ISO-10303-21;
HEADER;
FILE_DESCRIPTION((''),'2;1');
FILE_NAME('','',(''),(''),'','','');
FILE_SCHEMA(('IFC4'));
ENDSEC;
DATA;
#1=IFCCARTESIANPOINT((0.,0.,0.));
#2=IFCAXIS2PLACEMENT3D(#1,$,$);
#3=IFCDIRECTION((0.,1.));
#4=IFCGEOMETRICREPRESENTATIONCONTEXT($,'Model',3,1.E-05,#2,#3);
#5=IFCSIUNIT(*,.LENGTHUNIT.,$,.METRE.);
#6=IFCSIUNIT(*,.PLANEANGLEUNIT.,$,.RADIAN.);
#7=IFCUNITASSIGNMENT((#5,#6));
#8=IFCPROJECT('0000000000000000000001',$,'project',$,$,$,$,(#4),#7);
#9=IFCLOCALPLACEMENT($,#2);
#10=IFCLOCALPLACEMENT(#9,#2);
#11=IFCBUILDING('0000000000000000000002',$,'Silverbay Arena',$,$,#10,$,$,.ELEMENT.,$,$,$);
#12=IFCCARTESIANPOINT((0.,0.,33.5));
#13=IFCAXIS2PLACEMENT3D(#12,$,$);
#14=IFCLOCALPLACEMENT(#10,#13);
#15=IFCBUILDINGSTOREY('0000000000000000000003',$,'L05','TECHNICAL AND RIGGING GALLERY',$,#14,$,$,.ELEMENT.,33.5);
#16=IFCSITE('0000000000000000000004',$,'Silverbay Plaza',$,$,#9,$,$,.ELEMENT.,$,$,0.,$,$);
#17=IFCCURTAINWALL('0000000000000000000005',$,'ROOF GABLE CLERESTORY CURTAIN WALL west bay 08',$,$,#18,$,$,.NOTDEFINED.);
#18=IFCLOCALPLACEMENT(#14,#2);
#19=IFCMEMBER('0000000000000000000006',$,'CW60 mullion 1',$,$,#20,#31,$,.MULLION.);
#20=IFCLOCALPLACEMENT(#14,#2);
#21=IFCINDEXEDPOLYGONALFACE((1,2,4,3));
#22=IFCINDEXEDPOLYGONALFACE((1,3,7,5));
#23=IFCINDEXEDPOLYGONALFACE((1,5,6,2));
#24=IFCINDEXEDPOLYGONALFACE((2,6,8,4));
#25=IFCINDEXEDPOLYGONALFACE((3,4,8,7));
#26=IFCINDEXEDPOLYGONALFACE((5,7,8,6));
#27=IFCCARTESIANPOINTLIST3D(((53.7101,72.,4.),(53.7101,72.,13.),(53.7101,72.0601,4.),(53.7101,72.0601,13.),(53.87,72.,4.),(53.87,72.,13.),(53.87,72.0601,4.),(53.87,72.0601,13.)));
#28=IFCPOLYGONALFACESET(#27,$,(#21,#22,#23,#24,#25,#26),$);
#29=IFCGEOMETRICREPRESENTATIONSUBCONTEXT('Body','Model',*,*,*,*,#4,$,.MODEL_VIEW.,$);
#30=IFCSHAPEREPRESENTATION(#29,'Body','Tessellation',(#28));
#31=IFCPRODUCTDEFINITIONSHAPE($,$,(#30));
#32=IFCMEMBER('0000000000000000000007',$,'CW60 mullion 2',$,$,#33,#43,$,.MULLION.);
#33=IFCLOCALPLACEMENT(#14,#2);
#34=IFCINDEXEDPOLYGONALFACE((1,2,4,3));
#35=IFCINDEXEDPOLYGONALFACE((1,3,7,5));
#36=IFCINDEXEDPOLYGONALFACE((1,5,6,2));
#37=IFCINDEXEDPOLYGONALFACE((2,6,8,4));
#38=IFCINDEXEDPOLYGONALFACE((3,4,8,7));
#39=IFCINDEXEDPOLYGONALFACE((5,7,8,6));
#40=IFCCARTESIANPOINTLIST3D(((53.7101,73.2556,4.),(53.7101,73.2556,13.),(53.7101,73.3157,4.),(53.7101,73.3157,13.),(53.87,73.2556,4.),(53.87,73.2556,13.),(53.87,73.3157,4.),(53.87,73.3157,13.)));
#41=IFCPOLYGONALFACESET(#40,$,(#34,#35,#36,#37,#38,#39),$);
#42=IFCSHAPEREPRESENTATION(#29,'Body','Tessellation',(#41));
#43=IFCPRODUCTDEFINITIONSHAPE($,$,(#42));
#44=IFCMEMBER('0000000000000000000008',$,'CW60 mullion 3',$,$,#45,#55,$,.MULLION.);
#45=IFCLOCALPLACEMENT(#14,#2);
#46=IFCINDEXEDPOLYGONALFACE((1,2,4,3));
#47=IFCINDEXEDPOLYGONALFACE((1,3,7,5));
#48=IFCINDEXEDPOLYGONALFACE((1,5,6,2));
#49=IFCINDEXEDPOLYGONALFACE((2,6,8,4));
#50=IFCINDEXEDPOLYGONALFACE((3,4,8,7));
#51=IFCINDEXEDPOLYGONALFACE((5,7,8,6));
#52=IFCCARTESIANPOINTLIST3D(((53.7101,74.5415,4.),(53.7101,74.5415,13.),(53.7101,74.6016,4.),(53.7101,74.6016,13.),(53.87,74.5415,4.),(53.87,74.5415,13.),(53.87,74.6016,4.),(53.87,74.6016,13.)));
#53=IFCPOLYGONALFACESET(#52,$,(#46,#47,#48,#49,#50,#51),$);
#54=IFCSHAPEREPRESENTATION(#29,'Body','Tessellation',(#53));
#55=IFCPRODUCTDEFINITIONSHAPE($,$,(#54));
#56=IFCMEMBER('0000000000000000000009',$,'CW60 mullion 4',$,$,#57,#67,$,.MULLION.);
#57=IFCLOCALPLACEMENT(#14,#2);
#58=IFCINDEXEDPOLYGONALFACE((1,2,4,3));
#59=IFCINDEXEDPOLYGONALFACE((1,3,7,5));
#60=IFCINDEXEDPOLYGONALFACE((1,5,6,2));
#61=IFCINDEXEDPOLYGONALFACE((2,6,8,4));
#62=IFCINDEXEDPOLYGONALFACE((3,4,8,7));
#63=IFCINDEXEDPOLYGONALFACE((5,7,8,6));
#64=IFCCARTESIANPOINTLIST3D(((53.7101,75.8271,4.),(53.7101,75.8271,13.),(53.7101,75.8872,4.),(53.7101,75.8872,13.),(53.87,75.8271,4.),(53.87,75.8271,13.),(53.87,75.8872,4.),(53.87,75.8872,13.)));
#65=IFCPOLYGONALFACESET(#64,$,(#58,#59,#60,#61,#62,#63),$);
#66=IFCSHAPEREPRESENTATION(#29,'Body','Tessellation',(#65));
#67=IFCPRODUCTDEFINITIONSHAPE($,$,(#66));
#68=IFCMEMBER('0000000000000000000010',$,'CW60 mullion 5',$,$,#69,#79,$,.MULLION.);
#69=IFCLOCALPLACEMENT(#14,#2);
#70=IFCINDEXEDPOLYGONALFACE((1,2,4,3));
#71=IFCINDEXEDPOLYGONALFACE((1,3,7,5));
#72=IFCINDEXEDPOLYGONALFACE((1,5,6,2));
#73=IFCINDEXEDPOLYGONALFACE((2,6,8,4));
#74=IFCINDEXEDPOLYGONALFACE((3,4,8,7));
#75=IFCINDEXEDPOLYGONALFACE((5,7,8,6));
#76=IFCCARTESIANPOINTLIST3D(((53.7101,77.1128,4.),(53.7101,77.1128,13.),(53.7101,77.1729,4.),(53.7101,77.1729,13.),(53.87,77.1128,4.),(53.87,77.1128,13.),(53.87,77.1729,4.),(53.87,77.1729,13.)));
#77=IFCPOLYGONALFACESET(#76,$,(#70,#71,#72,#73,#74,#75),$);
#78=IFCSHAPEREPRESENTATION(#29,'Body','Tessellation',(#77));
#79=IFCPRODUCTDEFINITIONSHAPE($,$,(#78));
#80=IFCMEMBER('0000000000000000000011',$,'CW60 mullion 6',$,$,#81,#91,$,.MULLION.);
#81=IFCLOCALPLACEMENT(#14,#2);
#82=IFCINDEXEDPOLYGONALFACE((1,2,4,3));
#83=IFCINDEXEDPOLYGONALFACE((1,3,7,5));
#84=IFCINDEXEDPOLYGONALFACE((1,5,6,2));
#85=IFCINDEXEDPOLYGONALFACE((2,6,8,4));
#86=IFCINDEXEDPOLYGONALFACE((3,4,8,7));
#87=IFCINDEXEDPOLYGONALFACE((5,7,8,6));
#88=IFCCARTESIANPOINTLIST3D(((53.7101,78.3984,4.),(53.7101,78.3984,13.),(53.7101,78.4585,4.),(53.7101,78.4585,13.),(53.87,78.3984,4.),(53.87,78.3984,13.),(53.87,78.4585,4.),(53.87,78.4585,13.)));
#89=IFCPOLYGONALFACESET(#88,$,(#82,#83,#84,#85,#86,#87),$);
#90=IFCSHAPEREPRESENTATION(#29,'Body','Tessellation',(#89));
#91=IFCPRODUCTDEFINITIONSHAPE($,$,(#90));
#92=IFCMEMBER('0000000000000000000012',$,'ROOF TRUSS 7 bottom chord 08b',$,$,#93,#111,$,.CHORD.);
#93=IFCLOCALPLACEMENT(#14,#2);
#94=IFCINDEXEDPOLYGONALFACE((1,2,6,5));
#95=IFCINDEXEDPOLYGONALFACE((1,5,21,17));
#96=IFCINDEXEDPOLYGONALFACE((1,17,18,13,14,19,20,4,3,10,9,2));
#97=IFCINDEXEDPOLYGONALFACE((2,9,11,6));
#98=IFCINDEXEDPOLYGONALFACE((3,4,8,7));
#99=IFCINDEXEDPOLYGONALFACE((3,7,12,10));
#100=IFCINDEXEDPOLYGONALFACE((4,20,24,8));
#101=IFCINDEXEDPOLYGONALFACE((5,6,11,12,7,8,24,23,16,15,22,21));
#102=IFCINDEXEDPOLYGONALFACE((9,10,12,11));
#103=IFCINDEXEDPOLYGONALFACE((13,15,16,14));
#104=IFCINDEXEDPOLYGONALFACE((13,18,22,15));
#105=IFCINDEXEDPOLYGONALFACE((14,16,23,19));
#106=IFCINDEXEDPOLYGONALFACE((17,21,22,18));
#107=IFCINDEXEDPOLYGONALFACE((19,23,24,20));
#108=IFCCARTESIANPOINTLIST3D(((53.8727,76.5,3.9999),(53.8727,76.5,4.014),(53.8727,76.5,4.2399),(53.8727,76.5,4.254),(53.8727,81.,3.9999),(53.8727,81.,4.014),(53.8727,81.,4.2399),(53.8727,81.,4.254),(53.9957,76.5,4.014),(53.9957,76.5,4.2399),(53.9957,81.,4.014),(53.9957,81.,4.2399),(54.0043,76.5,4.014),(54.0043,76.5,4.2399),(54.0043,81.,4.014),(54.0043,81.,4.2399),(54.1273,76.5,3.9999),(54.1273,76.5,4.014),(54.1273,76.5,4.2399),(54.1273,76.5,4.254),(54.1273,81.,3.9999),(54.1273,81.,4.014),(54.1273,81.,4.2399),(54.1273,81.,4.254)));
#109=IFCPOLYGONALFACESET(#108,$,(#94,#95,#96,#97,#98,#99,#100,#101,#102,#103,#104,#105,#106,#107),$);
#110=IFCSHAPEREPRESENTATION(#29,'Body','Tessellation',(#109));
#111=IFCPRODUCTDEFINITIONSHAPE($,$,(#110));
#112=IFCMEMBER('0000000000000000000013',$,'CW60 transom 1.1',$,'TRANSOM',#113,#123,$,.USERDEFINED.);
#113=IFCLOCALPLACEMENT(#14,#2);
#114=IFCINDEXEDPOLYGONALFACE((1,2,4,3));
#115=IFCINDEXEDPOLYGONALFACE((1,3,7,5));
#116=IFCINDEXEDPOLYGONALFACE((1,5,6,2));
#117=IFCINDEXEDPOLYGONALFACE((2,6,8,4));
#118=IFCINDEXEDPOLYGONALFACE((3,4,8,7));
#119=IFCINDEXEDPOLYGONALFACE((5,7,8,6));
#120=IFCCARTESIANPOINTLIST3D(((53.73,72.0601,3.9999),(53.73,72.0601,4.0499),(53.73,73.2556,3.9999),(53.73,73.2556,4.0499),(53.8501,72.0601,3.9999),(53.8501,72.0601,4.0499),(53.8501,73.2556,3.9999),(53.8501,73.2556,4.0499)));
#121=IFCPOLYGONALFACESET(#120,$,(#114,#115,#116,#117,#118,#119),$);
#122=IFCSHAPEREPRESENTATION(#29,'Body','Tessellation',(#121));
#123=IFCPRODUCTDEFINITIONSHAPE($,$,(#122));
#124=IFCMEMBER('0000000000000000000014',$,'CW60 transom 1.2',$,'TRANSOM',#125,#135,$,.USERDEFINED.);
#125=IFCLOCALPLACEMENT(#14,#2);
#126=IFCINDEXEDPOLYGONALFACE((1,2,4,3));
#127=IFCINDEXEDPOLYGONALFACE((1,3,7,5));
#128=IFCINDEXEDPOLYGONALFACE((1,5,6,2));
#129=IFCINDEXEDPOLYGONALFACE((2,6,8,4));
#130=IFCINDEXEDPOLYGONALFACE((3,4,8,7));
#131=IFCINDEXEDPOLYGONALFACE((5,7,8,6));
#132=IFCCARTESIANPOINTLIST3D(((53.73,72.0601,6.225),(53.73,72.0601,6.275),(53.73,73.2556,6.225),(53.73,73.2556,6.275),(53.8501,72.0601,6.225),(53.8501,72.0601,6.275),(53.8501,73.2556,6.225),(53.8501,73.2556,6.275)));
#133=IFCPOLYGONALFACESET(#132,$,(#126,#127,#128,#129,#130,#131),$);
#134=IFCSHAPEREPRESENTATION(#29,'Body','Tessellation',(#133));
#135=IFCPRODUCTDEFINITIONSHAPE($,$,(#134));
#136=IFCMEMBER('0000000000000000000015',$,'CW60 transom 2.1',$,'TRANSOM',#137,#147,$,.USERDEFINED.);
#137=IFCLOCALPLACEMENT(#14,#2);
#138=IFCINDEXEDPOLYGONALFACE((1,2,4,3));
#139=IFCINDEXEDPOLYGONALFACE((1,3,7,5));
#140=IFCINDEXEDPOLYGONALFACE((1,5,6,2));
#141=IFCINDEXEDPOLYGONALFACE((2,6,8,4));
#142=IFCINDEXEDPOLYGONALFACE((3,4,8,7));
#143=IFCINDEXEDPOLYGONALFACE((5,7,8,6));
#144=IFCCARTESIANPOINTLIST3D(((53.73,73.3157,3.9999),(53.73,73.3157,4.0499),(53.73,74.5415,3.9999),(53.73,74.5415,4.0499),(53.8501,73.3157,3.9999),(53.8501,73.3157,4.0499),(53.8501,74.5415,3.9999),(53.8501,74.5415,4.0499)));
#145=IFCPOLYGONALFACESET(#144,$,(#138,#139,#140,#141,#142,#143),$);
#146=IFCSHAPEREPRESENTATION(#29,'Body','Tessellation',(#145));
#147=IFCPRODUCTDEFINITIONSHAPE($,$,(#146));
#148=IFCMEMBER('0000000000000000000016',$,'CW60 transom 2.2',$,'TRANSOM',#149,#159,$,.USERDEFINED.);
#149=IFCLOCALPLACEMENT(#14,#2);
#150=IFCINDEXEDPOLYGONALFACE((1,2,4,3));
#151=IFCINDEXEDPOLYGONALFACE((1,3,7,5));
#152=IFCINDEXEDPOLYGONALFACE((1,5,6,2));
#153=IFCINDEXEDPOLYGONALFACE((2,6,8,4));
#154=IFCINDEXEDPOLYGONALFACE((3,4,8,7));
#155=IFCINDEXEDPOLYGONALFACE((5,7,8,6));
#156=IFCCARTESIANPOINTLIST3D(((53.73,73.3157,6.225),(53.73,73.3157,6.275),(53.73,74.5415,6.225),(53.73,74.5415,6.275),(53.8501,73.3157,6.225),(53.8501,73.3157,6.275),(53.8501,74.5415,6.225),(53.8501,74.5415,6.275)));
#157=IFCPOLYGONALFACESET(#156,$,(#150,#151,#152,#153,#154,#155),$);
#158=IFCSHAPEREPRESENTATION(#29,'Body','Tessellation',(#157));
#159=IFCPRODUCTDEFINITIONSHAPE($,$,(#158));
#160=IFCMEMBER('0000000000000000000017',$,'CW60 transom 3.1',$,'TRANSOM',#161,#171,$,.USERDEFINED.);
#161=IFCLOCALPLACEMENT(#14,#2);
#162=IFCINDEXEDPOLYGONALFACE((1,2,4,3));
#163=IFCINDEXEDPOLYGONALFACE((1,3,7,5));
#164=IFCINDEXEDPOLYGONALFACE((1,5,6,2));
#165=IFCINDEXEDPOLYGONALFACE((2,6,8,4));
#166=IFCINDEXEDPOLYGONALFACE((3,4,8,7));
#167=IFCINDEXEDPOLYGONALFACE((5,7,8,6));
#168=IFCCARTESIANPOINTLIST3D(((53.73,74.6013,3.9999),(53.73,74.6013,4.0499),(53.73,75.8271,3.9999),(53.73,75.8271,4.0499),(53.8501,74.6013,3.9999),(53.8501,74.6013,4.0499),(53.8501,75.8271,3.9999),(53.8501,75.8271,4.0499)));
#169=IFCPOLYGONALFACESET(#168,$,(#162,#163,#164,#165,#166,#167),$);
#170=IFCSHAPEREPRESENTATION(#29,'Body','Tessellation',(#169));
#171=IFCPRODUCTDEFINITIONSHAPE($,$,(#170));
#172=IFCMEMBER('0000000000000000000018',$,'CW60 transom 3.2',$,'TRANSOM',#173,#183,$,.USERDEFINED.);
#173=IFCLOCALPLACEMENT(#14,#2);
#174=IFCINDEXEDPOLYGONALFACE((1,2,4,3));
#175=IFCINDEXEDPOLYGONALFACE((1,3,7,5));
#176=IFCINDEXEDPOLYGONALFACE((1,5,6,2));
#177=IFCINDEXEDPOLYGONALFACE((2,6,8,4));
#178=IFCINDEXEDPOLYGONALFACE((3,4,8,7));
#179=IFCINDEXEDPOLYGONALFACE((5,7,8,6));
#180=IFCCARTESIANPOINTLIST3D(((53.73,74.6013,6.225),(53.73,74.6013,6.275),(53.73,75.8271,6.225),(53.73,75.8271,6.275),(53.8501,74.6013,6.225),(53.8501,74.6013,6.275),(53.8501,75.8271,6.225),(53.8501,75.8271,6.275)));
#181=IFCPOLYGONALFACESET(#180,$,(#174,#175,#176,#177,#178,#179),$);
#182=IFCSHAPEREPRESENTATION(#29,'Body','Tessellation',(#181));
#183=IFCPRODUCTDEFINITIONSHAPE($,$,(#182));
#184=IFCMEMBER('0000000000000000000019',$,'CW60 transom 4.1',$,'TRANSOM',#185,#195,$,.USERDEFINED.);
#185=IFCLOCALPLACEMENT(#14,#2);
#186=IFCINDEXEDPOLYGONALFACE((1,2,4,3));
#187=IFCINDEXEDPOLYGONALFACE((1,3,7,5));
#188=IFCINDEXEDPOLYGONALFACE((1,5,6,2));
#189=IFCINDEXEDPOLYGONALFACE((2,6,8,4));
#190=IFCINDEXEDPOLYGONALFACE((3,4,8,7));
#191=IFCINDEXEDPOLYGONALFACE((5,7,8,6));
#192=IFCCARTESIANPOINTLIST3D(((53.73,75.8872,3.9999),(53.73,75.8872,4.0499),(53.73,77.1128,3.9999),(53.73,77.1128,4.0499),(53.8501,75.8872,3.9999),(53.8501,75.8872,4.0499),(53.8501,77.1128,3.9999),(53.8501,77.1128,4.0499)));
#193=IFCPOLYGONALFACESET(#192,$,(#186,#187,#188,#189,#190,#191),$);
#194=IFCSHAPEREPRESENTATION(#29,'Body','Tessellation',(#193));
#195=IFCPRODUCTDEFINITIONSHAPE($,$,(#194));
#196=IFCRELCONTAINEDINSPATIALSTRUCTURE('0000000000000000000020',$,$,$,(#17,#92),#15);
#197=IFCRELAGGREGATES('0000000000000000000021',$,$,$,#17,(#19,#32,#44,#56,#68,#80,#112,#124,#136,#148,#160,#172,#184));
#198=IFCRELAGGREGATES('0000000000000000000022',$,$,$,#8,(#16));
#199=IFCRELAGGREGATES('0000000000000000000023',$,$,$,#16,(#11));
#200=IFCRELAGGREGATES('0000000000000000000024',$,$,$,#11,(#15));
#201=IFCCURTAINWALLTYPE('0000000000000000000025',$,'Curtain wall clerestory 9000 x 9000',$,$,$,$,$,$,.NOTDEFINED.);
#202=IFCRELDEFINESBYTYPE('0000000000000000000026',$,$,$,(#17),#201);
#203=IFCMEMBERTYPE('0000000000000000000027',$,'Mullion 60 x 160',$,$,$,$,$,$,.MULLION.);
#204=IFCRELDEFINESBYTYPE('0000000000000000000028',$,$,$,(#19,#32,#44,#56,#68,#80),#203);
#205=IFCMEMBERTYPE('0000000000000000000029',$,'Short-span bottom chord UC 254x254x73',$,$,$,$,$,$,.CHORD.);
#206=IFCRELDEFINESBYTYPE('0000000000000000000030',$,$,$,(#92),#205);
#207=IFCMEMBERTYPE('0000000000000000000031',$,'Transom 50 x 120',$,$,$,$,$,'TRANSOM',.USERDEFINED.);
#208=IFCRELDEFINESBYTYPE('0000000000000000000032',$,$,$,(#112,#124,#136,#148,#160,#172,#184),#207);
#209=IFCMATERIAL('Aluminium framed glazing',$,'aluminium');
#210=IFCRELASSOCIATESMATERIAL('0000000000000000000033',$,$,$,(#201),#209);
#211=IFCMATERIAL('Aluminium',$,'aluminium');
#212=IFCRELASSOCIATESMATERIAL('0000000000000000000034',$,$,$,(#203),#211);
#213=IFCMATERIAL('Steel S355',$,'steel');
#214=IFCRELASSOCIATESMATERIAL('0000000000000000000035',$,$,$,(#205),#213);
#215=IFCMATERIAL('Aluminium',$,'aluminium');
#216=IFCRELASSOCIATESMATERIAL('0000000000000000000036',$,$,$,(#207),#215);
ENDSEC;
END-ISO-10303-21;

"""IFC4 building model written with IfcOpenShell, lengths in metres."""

from ifc_helpers import new_model, si_unit, direction, frame, origin, origin_2d, place, context, subcontext, project, spatial, rectangle, i_section, extrude, material, material_profile, profile_set, type_object, element, aggregate, save


model = new_model("IFC4")

# Units and contexts
model_context = context("Model", 3, precision=1e-05, world=origin(), true_north=direction((0.0, 1.0)))
body_context = subcontext(model_context, "Body", "Model", "MODEL_VIEW")
ifc_project = project(units=[si_unit("LENGTHUNIT", "METRE"), si_unit("PLANEANGLEUNIT", "RADIAN")], contexts=[model_context])

# Site, building, storey
site_placement = place(None, origin())
site = spatial("IfcSite", under=ifc_project, at=site_placement, Name="Silverbay Plaza", CompositionType="ELEMENT", RefElevation=0.0)
building_placement = place(site_placement, origin())
building = spatial("IfcBuilding", under=site, at=building_placement, Name="Silverbay Arena", CompositionType="ELEMENT")
storey_placement = place(building_placement, frame((0.0, 0.0, 33.5)))
storey = spatial("IfcBuildingStorey", under=building, at=storey_placement, Name="L05", Description="TECHNICAL AND RIGGING GALLERY", CompositionType="ELEMENT", Elevation=33.5)

# Curtain wall, members
ifc_material_1 = material(Name="Aluminium framed glazing", Category="aluminium")
curtain_wall_type = type_object("IfcCurtainWallType", Name="Curtain wall clerestory 9000 x 9000", PredefinedType="NOTDEFINED", material=ifc_material_1)
curtain_wall_placement = place(storey_placement, origin())
curtain_wall = element("IfcCurtainWall", 1, at=curtain_wall_placement, inside=storey, type_object=curtain_wall_type, Name="ROOF GABLE CLERESTORY CURTAIN WALL west bay 08", PredefinedType="NOTDEFINED")
ifc_material_2 = material(Name="Aluminium", Category="aluminium")
ifc_material_profile_1 = material_profile(ifc_material_2, rectangle(XDim=0.1599, YDim=0.0601, at=origin_2d()), Name="Mullion 60 x 160")
ifc_profile_set_1 = profile_set([ifc_material_profile_1], Name="Aluminium")
member_type_1 = type_object("IfcMemberType", Name="Mullion 60 x 160", PredefinedType="MULLION", material=ifc_profile_set_1)
member_1_placement = place(storey_placement, frame((53.79, 72.03, 4.0), z_axis=(0.0, 0.0, 1.0), x_axis=(-1.0, 0.0, 0.0)))
member_1 = element("IfcMember", 2, at=member_1_placement, type_object=member_type_1, Name="CW60 mullion 1", PredefinedType="MULLION", context=body_context, shape_type="SweptSolid", body=[
    extrude(rectangle(XDim=0.1599, YDim=0.0601, at=origin_2d()), origin(), (0.0, 0.0, 1.0), 9.0),
])
member_2_placement = place(storey_placement, frame((53.79, 73.2856, 4.0), z_axis=(0.0, 0.0, 1.0), x_axis=(-1.0, 0.0, 0.0)))
member_2 = element("IfcMember", 3, at=member_2_placement, type_object=member_type_1, Name="CW60 mullion 2", PredefinedType="MULLION", context=body_context, shape_type="SweptSolid", body=[
    extrude(rectangle(XDim=0.1599, YDim=0.0601, at=origin_2d()), origin(), (0.0, 0.0, 1.0), 9.0),
])
member_3_placement = place(storey_placement, frame((53.79, 74.5715, 4.0), z_axis=(0.0, 0.0, 1.0), x_axis=(-1.0, 0.0, 0.0)))
member_3 = element("IfcMember", 4, at=member_3_placement, type_object=member_type_1, Name="CW60 mullion 3", PredefinedType="MULLION", context=body_context, shape_type="SweptSolid", body=[
    extrude(rectangle(XDim=0.1599, YDim=0.0601, at=origin_2d()), origin(), (0.0, 0.0, 1.0), 9.0),
])
member_4_placement = place(storey_placement, frame((53.79, 75.8572, 4.0), z_axis=(0.0, 0.0, 1.0), x_axis=(-1.0, 0.0, 0.0)))
member_4 = element("IfcMember", 5, at=member_4_placement, type_object=member_type_1, Name="CW60 mullion 4", PredefinedType="MULLION", context=body_context, shape_type="SweptSolid", body=[
    extrude(rectangle(XDim=0.1599, YDim=0.0601, at=origin_2d()), origin(), (0.0, 0.0, 1.0), 9.0),
])
member_5_placement = place(storey_placement, frame((53.79, 77.1428, 4.0), z_axis=(0.0, 0.0, 1.0), x_axis=(-1.0, 0.0, 0.0)))
member_5 = element("IfcMember", 6, at=member_5_placement, type_object=member_type_1, Name="CW60 mullion 5", PredefinedType="MULLION", context=body_context, shape_type="SweptSolid", body=[
    extrude(rectangle(XDim=0.1599, YDim=0.0601, at=origin_2d()), origin(), (0.0, 0.0, 1.0), 9.0),
])
member_6_placement = place(storey_placement, frame((53.79, 78.4285, 4.0), z_axis=(0.0, 0.0, 1.0), x_axis=(-1.0, 0.0, 0.0)))
member_6 = element("IfcMember", 7, at=member_6_placement, type_object=member_type_1, Name="CW60 mullion 6", PredefinedType="MULLION", context=body_context, shape_type="SweptSolid", body=[
    extrude(rectangle(XDim=0.1599, YDim=0.0601, at=origin_2d()), origin(), (0.0, 0.0, 1.0), 9.0),
])

# Members
ifc_material_3 = material(Name="Steel S355", Category="steel")
ifc_material_profile_2 = material_profile(ifc_material_3, i_section(OverallWidth=0.2546, OverallDepth=0.2542, WebThickness=0.0085, FlangeThickness=0.0142, at=origin_2d()), Name="UC 254x254x73")
ifc_profile_set_2 = profile_set([ifc_material_profile_2], Name="Steel S355")
member_type_2 = type_object("IfcMemberType", Name="Short-span bottom chord UC 254x254x73", PredefinedType="CHORD", material=ifc_profile_set_2)
member_7_placement = place(storey_placement, frame((54.0, 76.5, 4.127), z_axis=(0.0, 1.0, 0.0), x_axis=(-1.0, 0.0, 0.0)))
element("IfcMember", 8, at=member_7_placement, inside=storey, type_object=member_type_2, Name="ROOF TRUSS 7 bottom chord 08b", PredefinedType="CHORD", context=body_context, shape_type="SweptSolid", body=[
    extrude(i_section(OverallWidth=0.2546, OverallDepth=0.2542, WebThickness=0.0085, FlangeThickness=0.0142, at=origin_2d()), origin(), (0.0, 0.0, 1.0), 4.5),
])
ifc_material_4 = material(Name="Aluminium", Category="aluminium")
ifc_material_profile_3 = material_profile(ifc_material_4, rectangle(XDim=0.1201, YDim=0.05, at=origin_2d()), Name="Transom 50 x 120")
ifc_profile_set_3 = profile_set([ifc_material_profile_3], Name="Aluminium")
member_type_3 = type_object("IfcMemberType", Name="Transom 50 x 120", ElementType="TRANSOM", PredefinedType="USERDEFINED", material=ifc_profile_set_3)
member_8_placement = place(storey_placement, frame((53.79, 72.0601, 4.0249), z_axis=(0.0, 1.0, 0.0), x_axis=(-1.0, 0.0, 0.0)))
member_8 = element("IfcMember", 9, at=member_8_placement, type_object=member_type_3, Name="CW60 transom 1.1", ObjectType="TRANSOM", PredefinedType="USERDEFINED", context=body_context, shape_type="SweptSolid", body=[
    extrude(rectangle(XDim=0.1201, YDim=0.05, at=origin_2d()), origin(), (0.0, 0.0, 1.0), 1.1956),
])
member_9_placement = place(storey_placement, frame((53.79, 72.0601, 6.25), z_axis=(0.0, 1.0, 0.0), x_axis=(-1.0, 0.0, 0.0)))
member_9 = element("IfcMember", 10, at=member_9_placement, type_object=member_type_3, Name="CW60 transom 1.2", ObjectType="TRANSOM", PredefinedType="USERDEFINED", context=body_context, shape_type="SweptSolid", body=[
    extrude(rectangle(XDim=0.1201, YDim=0.05, at=origin_2d()), origin(), (0.0, 0.0, 1.0), 1.1956),
])
member_10_placement = place(storey_placement, frame((53.79, 73.3157, 4.0249), z_axis=(0.0, 1.0, 0.0), x_axis=(-1.0, 0.0, 0.0)))
member_10 = element("IfcMember", 11, at=member_10_placement, type_object=member_type_3, Name="CW60 transom 2.1", ObjectType="TRANSOM", PredefinedType="USERDEFINED", context=body_context, shape_type="SweptSolid", body=[
    extrude(rectangle(XDim=0.1201, YDim=0.05, at=origin_2d()), origin(), (0.0, 0.0, 1.0), 1.2258),
])
member_11_placement = place(storey_placement, frame((53.79, 73.3157, 6.25), z_axis=(0.0, 1.0, 0.0), x_axis=(-1.0, 0.0, 0.0)))
member_11 = element("IfcMember", 12, at=member_11_placement, type_object=member_type_3, Name="CW60 transom 2.2", ObjectType="TRANSOM", PredefinedType="USERDEFINED", context=body_context, shape_type="SweptSolid", body=[
    extrude(rectangle(XDim=0.1201, YDim=0.05, at=origin_2d()), origin(), (0.0, 0.0, 1.0), 1.2258),
])
member_12_placement = place(storey_placement, frame((53.79, 74.6013, 4.0249), z_axis=(0.0, 1.0, 0.0), x_axis=(-1.0, 0.0, 0.0)))
member_12 = element("IfcMember", 13, at=member_12_placement, type_object=member_type_3, Name="CW60 transom 3.1", ObjectType="TRANSOM", PredefinedType="USERDEFINED", context=body_context, shape_type="SweptSolid", body=[
    extrude(rectangle(XDim=0.1201, YDim=0.05, at=origin_2d()), origin(), (0.0, 0.0, 1.0), 1.2258),
])
member_13_placement = place(storey_placement, frame((53.79, 74.6013, 6.25), z_axis=(0.0, 1.0, 0.0), x_axis=(-1.0, 0.0, 0.0)))
member_13 = element("IfcMember", 14, at=member_13_placement, type_object=member_type_3, Name="CW60 transom 3.2", ObjectType="TRANSOM", PredefinedType="USERDEFINED", context=body_context, shape_type="SweptSolid", body=[
    extrude(rectangle(XDim=0.1201, YDim=0.05, at=origin_2d()), origin(), (0.0, 0.0, 1.0), 1.2258),
])
member_14_placement = place(storey_placement, frame((53.79, 75.8872, 4.0249), z_axis=(0.0, 1.0, 0.0), x_axis=(-1.0, 0.0, 0.0)))
member_14 = element("IfcMember", 15, at=member_14_placement, type_object=member_type_3, Name="CW60 transom 4.1", ObjectType="TRANSOM", PredefinedType="USERDEFINED", context=body_context, shape_type="SweptSolid", body=[
    extrude(rectangle(XDim=0.1201, YDim=0.05, at=origin_2d()), origin(), (0.0, 0.0, 1.0), 1.2256),
])

aggregate(curtain_wall, [member_1, member_2, member_3, member_4, member_5, member_6, member_8, member_9, member_10, member_11, member_12, member_13, member_14])

save(model, "model.ifc")
